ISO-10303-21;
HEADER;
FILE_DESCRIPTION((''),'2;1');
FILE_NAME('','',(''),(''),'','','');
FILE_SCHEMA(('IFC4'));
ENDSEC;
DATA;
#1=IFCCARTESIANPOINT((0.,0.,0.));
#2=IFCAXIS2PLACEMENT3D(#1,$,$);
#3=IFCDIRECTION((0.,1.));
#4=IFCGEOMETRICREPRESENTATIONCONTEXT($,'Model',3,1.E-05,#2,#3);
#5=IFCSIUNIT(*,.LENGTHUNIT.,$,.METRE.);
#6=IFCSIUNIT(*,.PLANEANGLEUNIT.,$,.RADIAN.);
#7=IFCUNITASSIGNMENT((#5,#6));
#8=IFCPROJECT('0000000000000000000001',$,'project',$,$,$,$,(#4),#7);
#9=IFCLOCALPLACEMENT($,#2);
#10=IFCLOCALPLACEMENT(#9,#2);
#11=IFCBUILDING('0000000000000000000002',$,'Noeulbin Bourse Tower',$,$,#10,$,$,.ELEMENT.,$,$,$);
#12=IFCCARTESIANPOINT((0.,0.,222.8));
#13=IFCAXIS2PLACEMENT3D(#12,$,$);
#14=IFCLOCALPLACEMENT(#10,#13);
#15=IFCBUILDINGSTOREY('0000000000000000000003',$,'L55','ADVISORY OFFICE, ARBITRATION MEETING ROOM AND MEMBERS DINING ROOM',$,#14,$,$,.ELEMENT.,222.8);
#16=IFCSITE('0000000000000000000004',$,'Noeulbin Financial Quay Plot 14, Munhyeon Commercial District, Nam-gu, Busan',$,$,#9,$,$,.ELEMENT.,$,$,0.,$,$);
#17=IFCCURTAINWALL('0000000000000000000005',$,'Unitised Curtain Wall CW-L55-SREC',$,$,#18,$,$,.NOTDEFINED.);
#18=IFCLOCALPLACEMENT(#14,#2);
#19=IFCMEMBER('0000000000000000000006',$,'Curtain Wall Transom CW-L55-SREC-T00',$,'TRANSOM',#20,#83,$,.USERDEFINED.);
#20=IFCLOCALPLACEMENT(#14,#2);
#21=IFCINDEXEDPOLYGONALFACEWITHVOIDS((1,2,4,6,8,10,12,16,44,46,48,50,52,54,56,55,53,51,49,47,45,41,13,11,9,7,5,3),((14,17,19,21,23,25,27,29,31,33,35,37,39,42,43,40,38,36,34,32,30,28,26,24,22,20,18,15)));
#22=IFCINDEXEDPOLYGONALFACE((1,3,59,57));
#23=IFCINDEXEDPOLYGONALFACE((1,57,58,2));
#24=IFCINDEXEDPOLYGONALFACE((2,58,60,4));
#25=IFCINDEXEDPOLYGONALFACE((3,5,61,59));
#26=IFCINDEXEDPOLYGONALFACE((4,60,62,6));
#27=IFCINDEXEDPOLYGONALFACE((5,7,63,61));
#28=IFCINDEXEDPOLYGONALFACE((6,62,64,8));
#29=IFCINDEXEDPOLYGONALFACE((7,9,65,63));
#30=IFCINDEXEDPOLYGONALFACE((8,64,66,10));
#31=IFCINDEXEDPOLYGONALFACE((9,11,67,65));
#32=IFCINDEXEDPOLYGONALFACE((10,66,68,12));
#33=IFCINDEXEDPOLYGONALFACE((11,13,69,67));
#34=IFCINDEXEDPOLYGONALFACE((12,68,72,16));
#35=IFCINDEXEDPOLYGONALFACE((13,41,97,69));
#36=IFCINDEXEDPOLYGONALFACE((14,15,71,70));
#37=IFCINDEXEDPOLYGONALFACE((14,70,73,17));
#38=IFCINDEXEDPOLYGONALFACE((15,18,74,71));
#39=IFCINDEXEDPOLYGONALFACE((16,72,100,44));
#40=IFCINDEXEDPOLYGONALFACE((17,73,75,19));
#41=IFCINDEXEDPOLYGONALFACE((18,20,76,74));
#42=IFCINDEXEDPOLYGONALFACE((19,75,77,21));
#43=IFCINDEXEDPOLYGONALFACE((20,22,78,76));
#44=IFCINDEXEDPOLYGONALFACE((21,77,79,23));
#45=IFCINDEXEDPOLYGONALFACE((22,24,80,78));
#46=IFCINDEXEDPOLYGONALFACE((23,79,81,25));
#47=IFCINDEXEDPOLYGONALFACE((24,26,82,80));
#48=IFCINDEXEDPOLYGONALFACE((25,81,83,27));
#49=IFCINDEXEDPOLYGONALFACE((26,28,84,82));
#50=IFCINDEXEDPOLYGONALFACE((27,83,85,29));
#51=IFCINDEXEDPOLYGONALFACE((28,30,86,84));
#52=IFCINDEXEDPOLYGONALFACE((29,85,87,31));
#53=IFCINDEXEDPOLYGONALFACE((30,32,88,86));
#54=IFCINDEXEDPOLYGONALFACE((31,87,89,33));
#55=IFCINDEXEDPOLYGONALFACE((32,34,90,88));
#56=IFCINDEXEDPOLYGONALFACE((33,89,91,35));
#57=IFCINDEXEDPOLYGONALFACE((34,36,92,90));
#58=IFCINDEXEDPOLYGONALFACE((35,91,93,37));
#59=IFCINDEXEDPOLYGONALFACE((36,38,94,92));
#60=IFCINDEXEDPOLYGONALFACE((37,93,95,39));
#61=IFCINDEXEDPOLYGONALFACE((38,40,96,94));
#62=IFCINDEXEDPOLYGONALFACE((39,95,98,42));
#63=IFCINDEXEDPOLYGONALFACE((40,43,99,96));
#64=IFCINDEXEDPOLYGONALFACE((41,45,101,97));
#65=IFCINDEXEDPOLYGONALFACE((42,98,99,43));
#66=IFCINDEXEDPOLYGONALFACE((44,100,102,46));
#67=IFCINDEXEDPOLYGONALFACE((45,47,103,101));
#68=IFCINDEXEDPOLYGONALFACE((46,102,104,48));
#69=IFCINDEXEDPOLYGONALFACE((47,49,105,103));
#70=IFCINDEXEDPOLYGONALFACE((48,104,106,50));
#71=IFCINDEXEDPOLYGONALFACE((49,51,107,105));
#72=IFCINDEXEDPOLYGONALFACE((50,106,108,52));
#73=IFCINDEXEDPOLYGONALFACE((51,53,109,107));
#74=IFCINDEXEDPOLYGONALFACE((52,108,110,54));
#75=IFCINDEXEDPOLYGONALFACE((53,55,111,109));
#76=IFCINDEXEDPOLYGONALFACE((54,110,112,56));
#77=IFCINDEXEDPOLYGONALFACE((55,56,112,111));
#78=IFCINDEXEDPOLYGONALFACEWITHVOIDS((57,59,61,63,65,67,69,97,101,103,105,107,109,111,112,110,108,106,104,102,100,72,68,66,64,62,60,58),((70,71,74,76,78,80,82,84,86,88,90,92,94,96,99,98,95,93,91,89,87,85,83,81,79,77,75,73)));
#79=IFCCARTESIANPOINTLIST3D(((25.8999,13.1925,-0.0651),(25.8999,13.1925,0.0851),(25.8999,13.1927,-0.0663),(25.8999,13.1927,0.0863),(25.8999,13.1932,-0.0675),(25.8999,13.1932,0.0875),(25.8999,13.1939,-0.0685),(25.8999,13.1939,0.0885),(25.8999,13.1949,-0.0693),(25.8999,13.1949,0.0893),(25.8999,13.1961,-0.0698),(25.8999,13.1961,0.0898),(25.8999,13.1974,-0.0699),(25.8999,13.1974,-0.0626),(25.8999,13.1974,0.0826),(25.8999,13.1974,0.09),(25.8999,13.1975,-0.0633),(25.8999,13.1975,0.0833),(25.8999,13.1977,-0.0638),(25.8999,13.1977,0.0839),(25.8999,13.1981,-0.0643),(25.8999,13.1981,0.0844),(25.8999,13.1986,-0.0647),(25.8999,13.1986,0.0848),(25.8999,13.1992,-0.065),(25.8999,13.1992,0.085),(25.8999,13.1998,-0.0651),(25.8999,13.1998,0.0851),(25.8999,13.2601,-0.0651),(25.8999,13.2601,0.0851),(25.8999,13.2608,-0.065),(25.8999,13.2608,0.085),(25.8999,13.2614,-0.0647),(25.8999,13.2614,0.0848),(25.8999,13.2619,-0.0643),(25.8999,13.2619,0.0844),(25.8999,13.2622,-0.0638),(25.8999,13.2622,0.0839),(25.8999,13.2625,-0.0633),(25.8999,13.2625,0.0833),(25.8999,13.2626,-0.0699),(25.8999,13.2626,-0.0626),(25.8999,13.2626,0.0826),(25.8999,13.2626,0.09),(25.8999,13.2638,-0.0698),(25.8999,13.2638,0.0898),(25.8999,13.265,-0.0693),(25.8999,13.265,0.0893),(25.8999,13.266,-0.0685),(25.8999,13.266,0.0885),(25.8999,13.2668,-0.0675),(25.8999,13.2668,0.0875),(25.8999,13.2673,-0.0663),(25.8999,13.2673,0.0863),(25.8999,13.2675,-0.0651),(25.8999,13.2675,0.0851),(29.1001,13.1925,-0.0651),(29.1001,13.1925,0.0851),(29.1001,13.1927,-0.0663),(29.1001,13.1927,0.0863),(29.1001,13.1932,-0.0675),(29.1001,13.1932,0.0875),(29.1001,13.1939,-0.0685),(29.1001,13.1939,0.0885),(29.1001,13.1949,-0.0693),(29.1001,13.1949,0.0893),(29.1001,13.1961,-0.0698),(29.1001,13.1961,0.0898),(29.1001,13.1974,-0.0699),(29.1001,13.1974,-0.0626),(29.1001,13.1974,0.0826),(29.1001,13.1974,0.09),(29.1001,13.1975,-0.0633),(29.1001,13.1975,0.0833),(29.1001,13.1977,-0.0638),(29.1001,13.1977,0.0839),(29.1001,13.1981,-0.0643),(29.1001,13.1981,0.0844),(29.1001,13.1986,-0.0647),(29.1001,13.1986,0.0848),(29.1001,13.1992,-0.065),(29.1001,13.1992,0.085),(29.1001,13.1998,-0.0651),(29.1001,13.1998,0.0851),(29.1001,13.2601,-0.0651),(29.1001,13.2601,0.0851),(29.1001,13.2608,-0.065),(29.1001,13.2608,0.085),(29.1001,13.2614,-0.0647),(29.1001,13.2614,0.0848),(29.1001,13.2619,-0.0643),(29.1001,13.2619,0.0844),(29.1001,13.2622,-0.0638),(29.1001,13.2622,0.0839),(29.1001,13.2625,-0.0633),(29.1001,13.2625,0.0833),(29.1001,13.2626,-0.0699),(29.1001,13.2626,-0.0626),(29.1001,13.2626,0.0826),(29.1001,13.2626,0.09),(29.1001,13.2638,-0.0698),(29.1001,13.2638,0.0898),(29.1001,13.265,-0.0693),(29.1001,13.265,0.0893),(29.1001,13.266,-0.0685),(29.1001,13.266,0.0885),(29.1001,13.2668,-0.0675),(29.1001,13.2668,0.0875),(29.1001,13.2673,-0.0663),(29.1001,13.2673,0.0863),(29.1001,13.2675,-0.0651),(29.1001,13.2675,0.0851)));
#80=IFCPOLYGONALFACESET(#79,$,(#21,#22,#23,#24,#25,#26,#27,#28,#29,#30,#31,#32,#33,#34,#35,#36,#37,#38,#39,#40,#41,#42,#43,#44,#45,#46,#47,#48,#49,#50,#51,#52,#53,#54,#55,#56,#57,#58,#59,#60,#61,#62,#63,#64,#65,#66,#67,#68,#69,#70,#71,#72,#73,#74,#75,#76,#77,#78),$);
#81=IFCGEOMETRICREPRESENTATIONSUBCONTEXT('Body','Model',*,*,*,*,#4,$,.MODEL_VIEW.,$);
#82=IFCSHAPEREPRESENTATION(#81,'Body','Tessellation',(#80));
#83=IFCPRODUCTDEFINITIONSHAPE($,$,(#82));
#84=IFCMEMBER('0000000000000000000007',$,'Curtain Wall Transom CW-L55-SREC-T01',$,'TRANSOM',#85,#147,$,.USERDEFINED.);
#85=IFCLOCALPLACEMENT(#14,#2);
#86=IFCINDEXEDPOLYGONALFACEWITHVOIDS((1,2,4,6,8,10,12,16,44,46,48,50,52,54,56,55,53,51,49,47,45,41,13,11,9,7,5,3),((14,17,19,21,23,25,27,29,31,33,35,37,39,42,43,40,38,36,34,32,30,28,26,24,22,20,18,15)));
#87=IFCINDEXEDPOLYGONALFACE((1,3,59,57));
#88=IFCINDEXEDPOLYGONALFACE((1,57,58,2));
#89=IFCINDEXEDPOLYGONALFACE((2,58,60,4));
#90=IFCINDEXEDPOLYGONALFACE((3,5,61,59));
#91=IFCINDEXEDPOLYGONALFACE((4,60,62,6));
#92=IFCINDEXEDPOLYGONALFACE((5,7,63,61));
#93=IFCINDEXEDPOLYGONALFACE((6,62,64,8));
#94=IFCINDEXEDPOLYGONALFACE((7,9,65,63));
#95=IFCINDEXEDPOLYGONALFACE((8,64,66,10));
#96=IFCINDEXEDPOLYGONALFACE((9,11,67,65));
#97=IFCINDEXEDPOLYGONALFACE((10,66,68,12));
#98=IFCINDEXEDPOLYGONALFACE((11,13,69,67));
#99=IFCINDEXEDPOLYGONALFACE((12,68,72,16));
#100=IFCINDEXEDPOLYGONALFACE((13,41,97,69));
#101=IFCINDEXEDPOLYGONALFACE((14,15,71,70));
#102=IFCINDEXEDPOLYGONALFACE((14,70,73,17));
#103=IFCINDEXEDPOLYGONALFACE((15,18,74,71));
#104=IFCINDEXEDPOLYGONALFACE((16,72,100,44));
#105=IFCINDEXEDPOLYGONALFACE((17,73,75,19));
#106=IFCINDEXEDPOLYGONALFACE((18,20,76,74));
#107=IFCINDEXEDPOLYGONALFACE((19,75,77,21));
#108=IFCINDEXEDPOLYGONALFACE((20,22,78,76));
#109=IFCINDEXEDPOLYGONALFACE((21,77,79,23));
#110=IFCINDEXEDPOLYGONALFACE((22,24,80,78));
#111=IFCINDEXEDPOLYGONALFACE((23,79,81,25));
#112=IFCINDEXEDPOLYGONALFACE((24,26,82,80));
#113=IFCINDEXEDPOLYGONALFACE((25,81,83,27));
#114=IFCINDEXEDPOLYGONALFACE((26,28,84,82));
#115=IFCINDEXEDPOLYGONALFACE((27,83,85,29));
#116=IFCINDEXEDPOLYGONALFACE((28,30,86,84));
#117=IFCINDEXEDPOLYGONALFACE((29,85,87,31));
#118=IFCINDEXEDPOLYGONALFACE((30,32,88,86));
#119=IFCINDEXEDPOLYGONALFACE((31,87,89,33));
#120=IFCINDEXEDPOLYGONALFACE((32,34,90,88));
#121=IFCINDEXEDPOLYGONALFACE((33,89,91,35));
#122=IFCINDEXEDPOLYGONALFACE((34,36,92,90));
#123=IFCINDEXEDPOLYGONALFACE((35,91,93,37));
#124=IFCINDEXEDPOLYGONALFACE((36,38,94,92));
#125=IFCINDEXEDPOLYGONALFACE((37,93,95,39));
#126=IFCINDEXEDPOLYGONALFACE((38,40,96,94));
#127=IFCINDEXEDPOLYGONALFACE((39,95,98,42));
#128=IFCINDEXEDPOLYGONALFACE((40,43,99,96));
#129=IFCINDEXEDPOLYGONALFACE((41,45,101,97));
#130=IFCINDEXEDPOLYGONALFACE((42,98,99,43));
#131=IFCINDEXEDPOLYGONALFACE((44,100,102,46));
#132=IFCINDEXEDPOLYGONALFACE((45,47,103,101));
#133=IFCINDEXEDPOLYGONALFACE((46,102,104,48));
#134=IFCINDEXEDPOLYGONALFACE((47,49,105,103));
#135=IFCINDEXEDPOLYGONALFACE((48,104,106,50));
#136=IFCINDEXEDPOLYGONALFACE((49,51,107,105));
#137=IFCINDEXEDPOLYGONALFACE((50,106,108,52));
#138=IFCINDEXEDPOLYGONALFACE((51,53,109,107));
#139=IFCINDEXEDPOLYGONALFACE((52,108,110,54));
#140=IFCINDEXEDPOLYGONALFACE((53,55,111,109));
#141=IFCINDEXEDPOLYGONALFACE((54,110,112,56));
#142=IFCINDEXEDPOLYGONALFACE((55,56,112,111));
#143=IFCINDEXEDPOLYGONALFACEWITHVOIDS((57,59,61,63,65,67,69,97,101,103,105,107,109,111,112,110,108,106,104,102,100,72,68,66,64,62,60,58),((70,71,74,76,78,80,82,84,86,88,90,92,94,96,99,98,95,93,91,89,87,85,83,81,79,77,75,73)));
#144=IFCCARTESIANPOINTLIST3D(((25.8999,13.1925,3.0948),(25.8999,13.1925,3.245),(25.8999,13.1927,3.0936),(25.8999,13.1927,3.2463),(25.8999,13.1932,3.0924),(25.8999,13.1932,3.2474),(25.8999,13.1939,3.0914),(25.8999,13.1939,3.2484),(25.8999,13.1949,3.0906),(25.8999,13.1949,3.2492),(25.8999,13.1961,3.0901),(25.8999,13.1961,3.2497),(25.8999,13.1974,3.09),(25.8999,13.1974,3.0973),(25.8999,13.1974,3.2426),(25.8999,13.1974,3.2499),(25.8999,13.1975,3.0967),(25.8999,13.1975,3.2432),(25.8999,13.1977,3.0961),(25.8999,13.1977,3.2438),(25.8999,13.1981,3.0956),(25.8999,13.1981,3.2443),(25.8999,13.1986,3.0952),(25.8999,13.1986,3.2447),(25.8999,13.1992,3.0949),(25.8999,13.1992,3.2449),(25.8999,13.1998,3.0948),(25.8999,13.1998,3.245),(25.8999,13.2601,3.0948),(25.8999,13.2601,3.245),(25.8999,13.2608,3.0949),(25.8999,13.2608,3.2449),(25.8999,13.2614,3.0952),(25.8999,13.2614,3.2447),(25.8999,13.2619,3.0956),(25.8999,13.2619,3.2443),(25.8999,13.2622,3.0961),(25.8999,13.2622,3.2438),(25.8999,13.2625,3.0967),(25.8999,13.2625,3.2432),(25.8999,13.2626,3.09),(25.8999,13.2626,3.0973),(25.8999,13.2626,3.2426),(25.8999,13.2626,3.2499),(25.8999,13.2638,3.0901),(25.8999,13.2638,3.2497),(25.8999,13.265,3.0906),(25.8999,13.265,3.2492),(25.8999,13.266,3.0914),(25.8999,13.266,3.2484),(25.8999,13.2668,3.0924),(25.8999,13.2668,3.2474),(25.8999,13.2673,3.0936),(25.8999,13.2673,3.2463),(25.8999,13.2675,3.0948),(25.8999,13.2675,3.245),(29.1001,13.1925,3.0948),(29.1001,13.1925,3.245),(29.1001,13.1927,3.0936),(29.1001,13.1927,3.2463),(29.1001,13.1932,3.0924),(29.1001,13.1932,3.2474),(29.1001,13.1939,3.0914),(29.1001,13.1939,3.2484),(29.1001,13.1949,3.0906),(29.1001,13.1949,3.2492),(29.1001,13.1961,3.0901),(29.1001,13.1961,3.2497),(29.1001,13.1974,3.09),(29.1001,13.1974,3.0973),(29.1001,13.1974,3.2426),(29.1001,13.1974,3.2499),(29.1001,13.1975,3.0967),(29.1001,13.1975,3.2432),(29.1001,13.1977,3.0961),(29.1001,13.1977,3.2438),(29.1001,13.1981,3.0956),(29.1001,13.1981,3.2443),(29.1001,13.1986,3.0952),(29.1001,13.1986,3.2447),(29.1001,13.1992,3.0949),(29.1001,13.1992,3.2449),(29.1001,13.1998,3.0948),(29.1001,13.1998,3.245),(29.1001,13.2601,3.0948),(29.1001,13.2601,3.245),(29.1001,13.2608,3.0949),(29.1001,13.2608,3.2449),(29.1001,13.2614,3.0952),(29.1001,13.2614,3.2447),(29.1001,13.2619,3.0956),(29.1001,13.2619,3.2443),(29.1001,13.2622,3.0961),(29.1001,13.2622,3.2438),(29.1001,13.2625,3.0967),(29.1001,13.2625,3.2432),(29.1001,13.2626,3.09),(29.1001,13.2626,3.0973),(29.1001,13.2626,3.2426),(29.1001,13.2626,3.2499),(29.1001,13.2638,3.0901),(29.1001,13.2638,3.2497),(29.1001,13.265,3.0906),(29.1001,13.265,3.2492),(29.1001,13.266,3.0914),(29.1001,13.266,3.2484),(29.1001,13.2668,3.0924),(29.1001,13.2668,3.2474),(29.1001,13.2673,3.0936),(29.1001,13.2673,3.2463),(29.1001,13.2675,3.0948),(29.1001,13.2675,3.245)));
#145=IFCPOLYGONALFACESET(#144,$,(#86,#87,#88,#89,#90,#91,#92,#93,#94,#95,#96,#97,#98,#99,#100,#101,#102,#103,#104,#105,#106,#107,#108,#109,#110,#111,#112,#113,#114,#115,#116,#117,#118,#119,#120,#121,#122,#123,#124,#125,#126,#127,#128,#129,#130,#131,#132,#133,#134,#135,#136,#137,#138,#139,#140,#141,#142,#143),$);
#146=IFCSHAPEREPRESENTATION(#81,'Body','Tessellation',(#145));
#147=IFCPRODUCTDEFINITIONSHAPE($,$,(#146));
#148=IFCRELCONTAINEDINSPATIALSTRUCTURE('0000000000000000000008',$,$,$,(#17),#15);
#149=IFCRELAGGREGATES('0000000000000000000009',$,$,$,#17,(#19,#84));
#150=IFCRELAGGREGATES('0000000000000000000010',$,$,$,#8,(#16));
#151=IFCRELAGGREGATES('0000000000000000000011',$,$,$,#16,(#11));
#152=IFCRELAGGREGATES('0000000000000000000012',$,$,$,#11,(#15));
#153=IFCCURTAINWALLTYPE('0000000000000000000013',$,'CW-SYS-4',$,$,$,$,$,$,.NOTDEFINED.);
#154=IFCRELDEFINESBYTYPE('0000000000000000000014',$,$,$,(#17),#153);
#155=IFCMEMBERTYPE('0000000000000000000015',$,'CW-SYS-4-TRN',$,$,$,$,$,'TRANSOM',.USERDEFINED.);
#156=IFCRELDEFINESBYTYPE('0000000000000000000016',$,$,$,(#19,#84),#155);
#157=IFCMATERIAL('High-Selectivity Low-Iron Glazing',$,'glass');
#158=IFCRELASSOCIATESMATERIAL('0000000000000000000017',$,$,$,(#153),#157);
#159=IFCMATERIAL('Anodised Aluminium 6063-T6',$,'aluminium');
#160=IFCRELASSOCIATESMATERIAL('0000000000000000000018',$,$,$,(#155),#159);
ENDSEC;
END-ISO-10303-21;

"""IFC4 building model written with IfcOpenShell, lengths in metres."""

from ifc_helpers import new_model, si_unit, direction, frame, origin, origin_2d, place, context, subcontext, project, spatial, hollow_rectangle, extrude, material, material_profile, profile_set, type_object, element, aggregate, save


model = new_model("IFC4")

# Units and contexts
model_context = context("Model", 3, precision=1e-05, world=origin(), true_north=direction((0.0, 1.0)))
body_context = subcontext(model_context, "Body", "Model", "MODEL_VIEW")
ifc_project = project(units=[si_unit("LENGTHUNIT", "METRE"), si_unit("PLANEANGLEUNIT", "RADIAN")], contexts=[model_context])

# Site, building, storey
site_placement = place(None, origin())
site = spatial("IfcSite", under=ifc_project, at=site_placement, Name="Noeulbin Financial Quay Plot 14, Munhyeon Commercial District, Nam-gu, Busan", CompositionType="ELEMENT", RefElevation=0.0)
building_placement = place(site_placement, origin())
building = spatial("IfcBuilding", under=site, at=building_placement, Name="Noeulbin Bourse Tower", CompositionType="ELEMENT")
storey_placement = place(building_placement, frame((0.0, 0.0, 222.8)))
storey = spatial("IfcBuildingStorey", under=building, at=storey_placement, Name="L55", Description="ADVISORY OFFICE, ARBITRATION MEETING ROOM AND MEMBERS DINING ROOM", CompositionType="ELEMENT", Elevation=222.8)

# Curtain wall
ifc_material_1 = material(Name="High-Selectivity Low-Iron Glazing", Category="glass")
curtain_wall_type = type_object("IfcCurtainWallType", Name="CW-SYS-4", PredefinedType="NOTDEFINED", material=ifc_material_1)
curtain_wall_1_placement = place(storey_placement, origin())
curtain_wall_1 = element("IfcCurtainWall", 1, at=curtain_wall_1_placement, inside=storey, type_object=curtain_wall_type, Name="Unitised Curtain Wall CW-L55-SREC", PredefinedType="NOTDEFINED")
ifc_material_2 = material(Name="Anodised Aluminium 6063-T6", Category="aluminium")

# Members
ifc_material_profile_1 = material_profile(ifc_material_2, hollow_rectangle(XDim=0.075, YDim=0.1599, WallThickness=0.0049, InnerFilletRadius=0.0024, OuterFilletRadius=0.0049, at=origin_2d()), Name="ALU-TRAN-75x160x5", Category="LoadBearing")
ifc_profile_set_1 = profile_set([ifc_material_profile_1], Name="Anodised Aluminium 6063-T6")
member_type_1 = type_object("IfcMemberType", Name="CW-SYS-4-TRN", ElementType="TRANSOM", PredefinedType="USERDEFINED", material=ifc_profile_set_1)
member_1_placement = place(storey_placement, frame((25.8999, 13.23, 0.01), z_axis=(1.0, 0.0, 0.0), x_axis=(0.0, 1.0, 0.0)))
member_1 = element("IfcMember", 2, at=member_1_placement, type_object=member_type_1, Name="Curtain Wall Transom CW-L55-SREC-T00", ObjectType="TRANSOM", PredefinedType="USERDEFINED", context=body_context, shape_type="SweptSolid", body=[
    extrude(hollow_rectangle(XDim=0.075, YDim=0.1599, WallThickness=0.0049, InnerFilletRadius=0.0024, OuterFilletRadius=0.0049, at=origin_2d()), origin(), (0.0, 0.0, 1.0), 3.2002),
])
member_2_placement = place(storey_placement, frame((25.8999, 13.23, 3.1699), z_axis=(1.0, 0.0, 0.0), x_axis=(0.0, 1.0, 0.0)))
member_2 = element("IfcMember", 3, at=member_2_placement, type_object=member_type_1, Name="Curtain Wall Transom CW-L55-SREC-T01", ObjectType="TRANSOM", PredefinedType="USERDEFINED", context=body_context, shape_type="SweptSolid", body=[
    extrude(hollow_rectangle(XDim=0.075, YDim=0.1599, WallThickness=0.0049, InnerFilletRadius=0.0024, OuterFilletRadius=0.0049, at=origin_2d()), origin(), (0.0, 0.0, 1.0), 3.2002),
])

aggregate(curtain_wall_1, [member_1, member_2])

save(model, "model.ifc")
